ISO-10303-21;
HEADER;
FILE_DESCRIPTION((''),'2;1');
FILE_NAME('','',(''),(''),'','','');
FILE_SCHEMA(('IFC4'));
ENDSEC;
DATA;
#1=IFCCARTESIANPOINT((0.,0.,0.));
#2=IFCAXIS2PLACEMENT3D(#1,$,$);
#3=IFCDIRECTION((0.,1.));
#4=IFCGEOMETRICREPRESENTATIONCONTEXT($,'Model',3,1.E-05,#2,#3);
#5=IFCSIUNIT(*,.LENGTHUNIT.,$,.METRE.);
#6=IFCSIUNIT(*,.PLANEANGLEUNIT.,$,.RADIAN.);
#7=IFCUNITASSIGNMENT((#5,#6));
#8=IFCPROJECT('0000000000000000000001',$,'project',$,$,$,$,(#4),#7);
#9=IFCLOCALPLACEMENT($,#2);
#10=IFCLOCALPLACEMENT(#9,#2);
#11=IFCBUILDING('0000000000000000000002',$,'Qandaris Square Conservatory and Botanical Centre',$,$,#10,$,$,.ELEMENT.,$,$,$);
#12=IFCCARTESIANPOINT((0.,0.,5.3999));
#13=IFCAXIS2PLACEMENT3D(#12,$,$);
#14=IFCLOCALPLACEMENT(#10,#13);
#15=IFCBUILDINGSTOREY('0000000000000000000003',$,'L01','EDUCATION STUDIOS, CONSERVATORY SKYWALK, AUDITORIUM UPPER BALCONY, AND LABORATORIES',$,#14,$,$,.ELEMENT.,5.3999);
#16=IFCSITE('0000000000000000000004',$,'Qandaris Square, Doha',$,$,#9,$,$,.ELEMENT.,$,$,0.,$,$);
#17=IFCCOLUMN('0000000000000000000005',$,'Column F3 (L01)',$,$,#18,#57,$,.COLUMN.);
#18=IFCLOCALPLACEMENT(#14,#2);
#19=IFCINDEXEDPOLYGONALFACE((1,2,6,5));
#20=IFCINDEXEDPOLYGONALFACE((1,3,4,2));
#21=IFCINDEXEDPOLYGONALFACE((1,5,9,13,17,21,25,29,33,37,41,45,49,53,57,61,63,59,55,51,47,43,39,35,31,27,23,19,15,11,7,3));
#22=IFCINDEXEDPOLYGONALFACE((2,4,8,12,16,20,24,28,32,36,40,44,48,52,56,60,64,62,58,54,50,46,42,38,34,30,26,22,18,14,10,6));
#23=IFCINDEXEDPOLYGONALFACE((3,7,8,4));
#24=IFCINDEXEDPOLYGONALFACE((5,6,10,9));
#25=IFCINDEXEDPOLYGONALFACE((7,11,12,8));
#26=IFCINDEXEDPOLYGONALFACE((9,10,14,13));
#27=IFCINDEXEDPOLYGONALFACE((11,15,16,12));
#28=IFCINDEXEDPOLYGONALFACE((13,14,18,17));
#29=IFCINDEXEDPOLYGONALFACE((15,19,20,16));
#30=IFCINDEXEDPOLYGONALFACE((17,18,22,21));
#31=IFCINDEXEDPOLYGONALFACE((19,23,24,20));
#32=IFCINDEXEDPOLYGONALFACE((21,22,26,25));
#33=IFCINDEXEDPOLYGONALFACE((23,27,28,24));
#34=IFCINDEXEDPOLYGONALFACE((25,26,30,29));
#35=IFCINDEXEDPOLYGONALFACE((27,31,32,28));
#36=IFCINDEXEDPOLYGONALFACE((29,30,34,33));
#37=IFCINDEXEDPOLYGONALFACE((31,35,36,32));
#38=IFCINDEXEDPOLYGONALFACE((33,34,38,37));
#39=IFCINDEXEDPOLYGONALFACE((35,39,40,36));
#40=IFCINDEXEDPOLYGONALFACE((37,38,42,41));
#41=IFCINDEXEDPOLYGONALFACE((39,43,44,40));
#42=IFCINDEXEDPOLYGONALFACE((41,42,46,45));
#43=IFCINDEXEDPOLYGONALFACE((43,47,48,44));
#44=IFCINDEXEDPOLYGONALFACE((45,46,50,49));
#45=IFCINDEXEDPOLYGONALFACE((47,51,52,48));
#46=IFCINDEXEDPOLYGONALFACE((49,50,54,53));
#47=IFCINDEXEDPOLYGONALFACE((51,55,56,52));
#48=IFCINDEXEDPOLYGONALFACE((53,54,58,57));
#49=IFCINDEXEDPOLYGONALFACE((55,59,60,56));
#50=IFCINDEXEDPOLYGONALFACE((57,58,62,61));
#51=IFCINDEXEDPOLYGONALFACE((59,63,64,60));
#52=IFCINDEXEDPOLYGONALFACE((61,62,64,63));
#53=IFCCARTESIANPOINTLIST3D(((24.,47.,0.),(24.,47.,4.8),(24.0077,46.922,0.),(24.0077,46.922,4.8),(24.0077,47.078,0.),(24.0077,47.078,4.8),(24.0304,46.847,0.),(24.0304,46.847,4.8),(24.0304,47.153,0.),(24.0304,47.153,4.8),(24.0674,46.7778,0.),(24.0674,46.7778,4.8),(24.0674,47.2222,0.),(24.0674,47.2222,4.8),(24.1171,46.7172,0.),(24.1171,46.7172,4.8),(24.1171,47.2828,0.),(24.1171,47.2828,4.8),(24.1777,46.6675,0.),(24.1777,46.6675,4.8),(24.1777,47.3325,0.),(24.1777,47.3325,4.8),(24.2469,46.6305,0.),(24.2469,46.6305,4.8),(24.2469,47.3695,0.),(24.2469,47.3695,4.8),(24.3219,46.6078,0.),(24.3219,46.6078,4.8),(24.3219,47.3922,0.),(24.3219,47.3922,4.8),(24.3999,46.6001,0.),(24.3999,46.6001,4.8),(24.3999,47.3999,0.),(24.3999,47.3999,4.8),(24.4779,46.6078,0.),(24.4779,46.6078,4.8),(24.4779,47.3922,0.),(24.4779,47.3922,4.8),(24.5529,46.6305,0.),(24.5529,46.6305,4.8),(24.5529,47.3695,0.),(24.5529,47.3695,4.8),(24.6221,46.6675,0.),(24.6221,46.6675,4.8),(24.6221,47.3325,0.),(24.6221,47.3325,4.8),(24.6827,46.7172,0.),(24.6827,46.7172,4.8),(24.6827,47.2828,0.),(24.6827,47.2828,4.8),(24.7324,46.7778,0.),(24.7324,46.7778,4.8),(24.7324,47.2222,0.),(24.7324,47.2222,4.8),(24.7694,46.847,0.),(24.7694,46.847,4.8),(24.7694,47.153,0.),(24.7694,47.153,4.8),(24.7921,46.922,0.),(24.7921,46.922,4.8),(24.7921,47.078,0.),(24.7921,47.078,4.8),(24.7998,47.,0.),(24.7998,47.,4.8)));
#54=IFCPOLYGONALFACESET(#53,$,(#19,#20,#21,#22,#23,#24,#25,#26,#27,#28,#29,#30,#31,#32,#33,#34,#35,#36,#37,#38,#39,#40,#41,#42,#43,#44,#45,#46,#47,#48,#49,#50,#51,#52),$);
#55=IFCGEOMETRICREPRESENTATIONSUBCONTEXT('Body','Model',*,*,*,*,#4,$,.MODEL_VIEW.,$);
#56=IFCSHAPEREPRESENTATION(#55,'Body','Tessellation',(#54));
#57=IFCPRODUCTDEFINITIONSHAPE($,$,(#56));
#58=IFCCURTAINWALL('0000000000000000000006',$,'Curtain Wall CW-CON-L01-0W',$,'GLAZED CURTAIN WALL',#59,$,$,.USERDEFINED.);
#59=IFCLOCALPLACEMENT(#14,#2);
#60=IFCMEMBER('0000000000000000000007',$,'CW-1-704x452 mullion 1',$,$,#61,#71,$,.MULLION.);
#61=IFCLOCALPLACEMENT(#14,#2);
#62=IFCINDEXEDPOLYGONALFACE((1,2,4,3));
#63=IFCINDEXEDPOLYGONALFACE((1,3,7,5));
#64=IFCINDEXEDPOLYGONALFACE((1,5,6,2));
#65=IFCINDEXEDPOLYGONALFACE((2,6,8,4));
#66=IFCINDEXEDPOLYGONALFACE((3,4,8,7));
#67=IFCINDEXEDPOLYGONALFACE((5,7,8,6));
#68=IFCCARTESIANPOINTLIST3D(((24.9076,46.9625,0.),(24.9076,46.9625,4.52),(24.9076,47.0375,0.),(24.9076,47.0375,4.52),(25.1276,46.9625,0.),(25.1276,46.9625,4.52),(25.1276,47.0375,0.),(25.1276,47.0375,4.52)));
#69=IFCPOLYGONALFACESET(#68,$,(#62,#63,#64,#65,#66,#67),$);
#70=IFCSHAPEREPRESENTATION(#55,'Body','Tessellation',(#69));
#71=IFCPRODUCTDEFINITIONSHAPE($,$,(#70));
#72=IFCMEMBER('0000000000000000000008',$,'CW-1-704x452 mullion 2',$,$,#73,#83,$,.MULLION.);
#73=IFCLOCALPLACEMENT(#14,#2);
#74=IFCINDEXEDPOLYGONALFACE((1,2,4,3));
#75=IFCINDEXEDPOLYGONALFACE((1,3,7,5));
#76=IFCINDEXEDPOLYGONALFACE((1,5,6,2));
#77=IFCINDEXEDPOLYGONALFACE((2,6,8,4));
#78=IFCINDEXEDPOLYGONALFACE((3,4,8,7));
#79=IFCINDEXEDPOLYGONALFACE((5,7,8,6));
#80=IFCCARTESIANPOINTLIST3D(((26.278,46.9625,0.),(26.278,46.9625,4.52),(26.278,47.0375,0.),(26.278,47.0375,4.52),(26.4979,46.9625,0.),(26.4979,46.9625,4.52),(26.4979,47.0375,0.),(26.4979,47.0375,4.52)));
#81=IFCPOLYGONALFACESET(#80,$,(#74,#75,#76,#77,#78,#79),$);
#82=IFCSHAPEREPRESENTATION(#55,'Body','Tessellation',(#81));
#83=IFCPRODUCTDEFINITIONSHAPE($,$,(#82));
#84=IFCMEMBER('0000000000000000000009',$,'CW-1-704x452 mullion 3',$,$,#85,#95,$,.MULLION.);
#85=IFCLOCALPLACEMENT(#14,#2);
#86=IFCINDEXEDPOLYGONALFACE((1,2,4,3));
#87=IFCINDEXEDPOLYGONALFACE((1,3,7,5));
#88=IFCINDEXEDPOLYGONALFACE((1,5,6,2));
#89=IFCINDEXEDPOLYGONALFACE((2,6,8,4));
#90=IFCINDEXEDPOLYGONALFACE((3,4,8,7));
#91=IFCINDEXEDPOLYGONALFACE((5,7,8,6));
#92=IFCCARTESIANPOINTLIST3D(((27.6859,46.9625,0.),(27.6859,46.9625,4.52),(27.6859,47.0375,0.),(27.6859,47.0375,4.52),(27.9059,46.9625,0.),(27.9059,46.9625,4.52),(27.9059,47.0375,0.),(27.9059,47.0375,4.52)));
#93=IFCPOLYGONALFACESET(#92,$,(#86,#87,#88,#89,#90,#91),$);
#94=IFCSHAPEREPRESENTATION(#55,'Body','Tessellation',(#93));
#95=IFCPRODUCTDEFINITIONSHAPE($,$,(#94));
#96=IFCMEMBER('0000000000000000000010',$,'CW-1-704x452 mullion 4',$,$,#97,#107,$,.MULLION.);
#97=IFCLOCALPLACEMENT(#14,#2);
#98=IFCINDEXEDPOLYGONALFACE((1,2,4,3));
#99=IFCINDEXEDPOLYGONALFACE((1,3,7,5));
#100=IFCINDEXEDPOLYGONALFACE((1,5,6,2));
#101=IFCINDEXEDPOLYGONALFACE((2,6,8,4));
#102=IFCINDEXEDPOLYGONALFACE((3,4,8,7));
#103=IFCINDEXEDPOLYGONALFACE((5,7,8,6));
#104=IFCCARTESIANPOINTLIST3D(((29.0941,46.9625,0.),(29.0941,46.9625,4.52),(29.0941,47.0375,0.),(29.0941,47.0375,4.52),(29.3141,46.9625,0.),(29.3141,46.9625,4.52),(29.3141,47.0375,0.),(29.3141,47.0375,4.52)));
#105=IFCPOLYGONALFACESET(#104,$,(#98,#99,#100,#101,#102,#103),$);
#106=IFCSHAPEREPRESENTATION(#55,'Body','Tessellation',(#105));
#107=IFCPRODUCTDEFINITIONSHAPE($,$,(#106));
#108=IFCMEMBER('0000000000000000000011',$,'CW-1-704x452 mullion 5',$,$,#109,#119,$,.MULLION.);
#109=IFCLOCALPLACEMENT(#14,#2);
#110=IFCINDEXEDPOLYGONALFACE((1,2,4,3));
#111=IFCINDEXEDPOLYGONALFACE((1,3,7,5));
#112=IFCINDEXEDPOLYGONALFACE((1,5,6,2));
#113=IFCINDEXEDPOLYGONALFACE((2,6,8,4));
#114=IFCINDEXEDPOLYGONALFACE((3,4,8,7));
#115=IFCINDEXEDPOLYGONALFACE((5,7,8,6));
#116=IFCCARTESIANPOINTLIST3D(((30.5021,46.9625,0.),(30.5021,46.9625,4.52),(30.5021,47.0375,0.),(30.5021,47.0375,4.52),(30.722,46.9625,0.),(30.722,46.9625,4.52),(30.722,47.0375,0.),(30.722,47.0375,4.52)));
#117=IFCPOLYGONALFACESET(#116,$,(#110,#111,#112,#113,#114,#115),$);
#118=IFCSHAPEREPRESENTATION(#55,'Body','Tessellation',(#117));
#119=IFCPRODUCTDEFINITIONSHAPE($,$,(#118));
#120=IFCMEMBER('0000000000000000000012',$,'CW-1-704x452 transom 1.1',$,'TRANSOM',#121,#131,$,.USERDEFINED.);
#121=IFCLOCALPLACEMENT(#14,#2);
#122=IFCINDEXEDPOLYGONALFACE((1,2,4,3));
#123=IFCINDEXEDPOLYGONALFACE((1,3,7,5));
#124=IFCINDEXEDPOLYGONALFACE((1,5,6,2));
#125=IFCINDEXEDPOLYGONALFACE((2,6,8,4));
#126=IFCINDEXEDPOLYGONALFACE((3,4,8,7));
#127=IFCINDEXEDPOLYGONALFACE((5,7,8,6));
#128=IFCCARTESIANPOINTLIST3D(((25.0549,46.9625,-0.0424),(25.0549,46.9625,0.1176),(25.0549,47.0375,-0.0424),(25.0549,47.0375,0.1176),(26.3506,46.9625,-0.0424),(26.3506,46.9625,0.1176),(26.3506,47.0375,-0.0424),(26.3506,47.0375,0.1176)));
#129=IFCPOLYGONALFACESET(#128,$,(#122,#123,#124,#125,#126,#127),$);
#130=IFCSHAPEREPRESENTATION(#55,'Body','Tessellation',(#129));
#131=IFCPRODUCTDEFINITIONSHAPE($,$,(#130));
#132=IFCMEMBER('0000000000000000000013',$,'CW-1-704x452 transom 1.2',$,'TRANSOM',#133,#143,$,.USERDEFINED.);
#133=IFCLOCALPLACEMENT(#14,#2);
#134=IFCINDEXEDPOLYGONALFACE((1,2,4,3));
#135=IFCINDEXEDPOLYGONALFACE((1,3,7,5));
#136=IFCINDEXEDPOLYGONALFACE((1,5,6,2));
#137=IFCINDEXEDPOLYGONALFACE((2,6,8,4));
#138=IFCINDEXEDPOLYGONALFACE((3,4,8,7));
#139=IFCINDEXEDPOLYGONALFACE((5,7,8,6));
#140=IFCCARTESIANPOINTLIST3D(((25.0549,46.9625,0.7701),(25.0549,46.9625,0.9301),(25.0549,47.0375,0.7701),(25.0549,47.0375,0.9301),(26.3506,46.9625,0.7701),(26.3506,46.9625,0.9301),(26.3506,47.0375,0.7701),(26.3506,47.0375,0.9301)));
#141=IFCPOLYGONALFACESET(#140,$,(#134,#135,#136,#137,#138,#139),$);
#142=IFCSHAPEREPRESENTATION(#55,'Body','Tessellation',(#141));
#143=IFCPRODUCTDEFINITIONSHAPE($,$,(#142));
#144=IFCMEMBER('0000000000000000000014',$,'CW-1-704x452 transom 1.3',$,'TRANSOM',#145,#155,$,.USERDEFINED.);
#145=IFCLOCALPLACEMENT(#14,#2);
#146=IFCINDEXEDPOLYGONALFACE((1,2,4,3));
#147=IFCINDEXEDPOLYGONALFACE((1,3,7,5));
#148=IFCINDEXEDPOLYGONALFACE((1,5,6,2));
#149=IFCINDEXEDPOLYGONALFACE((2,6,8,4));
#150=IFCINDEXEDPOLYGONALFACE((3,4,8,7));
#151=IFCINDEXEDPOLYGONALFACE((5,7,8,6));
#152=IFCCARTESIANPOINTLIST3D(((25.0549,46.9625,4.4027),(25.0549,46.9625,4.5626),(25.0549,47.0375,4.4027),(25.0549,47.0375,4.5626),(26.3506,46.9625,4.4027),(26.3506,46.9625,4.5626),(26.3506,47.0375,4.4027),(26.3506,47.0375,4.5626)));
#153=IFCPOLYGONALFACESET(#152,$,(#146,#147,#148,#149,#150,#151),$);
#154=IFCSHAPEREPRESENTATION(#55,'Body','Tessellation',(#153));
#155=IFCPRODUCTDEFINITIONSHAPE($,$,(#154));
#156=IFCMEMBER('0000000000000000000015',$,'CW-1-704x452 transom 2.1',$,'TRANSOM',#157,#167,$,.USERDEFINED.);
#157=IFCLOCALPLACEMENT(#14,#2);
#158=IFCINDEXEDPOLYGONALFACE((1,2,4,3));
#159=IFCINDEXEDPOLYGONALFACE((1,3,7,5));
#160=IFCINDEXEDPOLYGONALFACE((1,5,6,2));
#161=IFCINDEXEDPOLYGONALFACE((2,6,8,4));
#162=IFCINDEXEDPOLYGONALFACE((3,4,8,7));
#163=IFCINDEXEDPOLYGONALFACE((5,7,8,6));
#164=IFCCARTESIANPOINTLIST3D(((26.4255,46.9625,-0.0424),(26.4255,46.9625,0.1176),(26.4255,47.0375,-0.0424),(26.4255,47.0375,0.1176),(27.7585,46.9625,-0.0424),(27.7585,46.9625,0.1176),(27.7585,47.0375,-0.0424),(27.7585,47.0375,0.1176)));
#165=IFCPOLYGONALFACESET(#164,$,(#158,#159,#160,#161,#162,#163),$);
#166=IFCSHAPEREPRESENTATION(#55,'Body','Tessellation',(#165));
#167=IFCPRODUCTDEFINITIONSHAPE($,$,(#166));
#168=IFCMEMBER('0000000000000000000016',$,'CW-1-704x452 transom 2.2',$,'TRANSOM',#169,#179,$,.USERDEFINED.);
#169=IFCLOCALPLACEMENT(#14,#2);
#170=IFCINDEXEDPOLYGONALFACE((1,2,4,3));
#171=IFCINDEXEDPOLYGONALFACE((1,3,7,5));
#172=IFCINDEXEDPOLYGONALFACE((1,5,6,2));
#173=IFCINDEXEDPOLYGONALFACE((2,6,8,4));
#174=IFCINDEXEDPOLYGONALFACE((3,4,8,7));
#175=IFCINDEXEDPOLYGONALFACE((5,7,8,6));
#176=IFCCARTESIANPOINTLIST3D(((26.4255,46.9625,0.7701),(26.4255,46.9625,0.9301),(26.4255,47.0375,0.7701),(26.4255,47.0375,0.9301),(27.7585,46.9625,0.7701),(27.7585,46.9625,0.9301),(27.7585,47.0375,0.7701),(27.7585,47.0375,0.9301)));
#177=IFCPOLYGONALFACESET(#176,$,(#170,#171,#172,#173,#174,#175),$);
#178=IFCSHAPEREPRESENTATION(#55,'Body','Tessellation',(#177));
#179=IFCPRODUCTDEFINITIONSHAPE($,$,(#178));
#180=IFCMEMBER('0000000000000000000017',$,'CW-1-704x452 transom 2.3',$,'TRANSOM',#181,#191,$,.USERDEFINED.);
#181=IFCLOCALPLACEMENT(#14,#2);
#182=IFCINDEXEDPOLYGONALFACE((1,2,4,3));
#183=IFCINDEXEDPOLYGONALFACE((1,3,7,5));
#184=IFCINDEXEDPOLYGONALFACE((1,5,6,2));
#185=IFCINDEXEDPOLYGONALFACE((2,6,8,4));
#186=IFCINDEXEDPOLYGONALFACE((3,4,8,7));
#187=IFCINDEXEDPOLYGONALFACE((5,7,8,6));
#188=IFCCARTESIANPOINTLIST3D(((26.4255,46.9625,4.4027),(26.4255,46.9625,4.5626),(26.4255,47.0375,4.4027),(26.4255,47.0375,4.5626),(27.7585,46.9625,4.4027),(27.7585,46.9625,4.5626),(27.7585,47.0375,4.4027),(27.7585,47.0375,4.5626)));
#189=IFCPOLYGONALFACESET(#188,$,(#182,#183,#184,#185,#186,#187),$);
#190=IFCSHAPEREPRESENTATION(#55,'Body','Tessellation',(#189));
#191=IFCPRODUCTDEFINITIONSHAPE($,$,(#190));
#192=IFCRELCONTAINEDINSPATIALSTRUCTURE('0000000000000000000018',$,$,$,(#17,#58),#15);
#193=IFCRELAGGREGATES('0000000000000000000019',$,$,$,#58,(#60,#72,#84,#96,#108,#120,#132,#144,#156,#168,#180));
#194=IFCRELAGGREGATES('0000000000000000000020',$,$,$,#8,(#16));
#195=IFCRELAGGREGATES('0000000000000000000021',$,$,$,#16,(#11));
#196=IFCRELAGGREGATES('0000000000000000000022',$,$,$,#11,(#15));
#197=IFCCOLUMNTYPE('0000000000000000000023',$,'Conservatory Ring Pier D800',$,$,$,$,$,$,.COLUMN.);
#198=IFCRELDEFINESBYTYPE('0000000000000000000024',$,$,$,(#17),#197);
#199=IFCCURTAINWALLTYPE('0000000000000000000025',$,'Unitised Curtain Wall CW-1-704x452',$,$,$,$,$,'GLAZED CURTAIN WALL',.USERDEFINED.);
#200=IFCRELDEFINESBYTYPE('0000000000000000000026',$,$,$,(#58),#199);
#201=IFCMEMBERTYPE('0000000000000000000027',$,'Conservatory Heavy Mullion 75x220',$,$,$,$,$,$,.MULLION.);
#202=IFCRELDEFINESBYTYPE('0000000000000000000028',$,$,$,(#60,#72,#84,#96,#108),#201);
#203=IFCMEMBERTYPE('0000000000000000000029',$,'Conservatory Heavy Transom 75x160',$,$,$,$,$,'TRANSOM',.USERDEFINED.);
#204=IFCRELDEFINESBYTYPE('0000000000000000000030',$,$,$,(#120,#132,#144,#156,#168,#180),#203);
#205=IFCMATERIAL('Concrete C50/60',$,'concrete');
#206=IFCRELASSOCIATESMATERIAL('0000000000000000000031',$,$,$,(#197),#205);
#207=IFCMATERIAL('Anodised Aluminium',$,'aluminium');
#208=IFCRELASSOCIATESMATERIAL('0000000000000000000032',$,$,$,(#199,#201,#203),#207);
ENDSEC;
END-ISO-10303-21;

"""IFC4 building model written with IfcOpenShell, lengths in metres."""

from ifc_helpers import new_model, si_unit, direction, frame, origin, origin_2d, place, context, subcontext, project, spatial, rectangle, circle, extrude, material, material_profile, profile_set, type_object, element, aggregate, save


model = new_model("IFC4")

# Units and contexts
model_context = context("Model", 3, precision=1e-05, world=origin(), true_north=direction((0.0, 1.0)))
body_context = subcontext(model_context, "Body", "Model", "MODEL_VIEW")
ifc_project = project(units=[si_unit("LENGTHUNIT", "METRE"), si_unit("PLANEANGLEUNIT", "RADIAN")], contexts=[model_context])

# Site, building, storey
site_placement = place(None, origin())
site = spatial("IfcSite", under=ifc_project, at=site_placement, Name="Qandaris Square, Doha", CompositionType="ELEMENT", RefElevation=0.0)
building_placement = place(site_placement, origin())
building = spatial("IfcBuilding", under=site, at=building_placement, Name="Qandaris Square Conservatory and Botanical Centre", CompositionType="ELEMENT")
storey_placement = place(building_placement, frame((0.0, 0.0, 5.3999)))
storey = spatial("IfcBuildingStorey", under=building, at=storey_placement, Name="L01", Description="EDUCATION STUDIOS, CONSERVATORY SKYWALK, AUDITORIUM UPPER BALCONY, AND LABORATORIES", CompositionType="ELEMENT", Elevation=5.3999)

# Column
ifc_material_1 = material(Name="Concrete C50/60", Category="concrete")
ifc_material_profile_1 = material_profile(ifc_material_1, circle(Radius=0.3999, at=origin_2d()), Name="RC-COL D800")
ifc_profile_set_1 = profile_set([ifc_material_profile_1], Name="Concrete C50/60")
column_type = type_object("IfcColumnType", Name="Conservatory Ring Pier D800", PredefinedType="COLUMN", material=ifc_profile_set_1)
column_placement = place(storey_placement, frame((24.3999, 47.0, 0.0), z_axis=(0.0, 0.0, 1.0), x_axis=(1.0, 0.0, 0.0)))
element("IfcColumn", 1, at=column_placement, inside=storey, type_object=column_type, Name="Column F3 (L01)", PredefinedType="COLUMN", context=body_context, shape_type="SweptSolid", body=[
    extrude(circle(Radius=0.3999, at=origin_2d()), origin(), (0.0, 0.0, 1.0), 4.8),
])

# Curtain wall, members
ifc_material_2 = material(Name="Anodised Aluminium", Category="aluminium")
curtain_wall_type = type_object("IfcCurtainWallType", Name="Unitised Curtain Wall CW-1-704x452", ElementType="GLAZED CURTAIN WALL", PredefinedType="USERDEFINED", material=ifc_material_2)
curtain_wall_placement = place(storey_placement, origin())
curtain_wall = element("IfcCurtainWall", 2, at=curtain_wall_placement, inside=storey, type_object=curtain_wall_type, Name="Curtain Wall CW-CON-L01-0W", ObjectType="GLAZED CURTAIN WALL", PredefinedType="USERDEFINED")
ifc_material_profile_2 = material_profile(ifc_material_2, rectangle(XDim=0.075, YDim=0.22, at=origin_2d()), Name="ALU-MUL 75x220")
ifc_profile_set_2 = profile_set([ifc_material_profile_2], Name="Anodised Aluminium")
member_type_1 = type_object("IfcMemberType", Name="Conservatory Heavy Mullion 75x220", PredefinedType="MULLION", material=ifc_profile_set_2)
member_1_placement = place(storey_placement, frame((25.0176, 47.0, 0.0), z_axis=(0.0, 0.0, 1.0), x_axis=(0.0, 1.0, 0.0)))
member_1 = element("IfcMember", 3, at=member_1_placement, type_object=member_type_1, Name="CW-1-704x452 mullion 1", PredefinedType="MULLION", context=body_context, shape_type="SweptSolid", body=[
    extrude(rectangle(XDim=0.075, YDim=0.22, at=origin_2d()), origin(), (0.0, 0.0, 1.0), 4.52),
])
member_2_placement = place(storey_placement, frame((26.3879, 47.0, 0.0), z_axis=(0.0, 0.0, 1.0), x_axis=(0.0, 1.0, 0.0)))
member_2 = element("IfcMember", 4, at=member_2_placement, type_object=member_type_1, Name="CW-1-704x452 mullion 2", PredefinedType="MULLION", context=body_context, shape_type="SweptSolid", body=[
    extrude(rectangle(XDim=0.075, YDim=0.22, at=origin_2d()), origin(), (0.0, 0.0, 1.0), 4.52),
])
member_3_placement = place(storey_placement, frame((27.7959, 47.0, 0.0), z_axis=(0.0, 0.0, 1.0), x_axis=(0.0, 1.0, 0.0)))
member_3 = element("IfcMember", 5, at=member_3_placement, type_object=member_type_1, Name="CW-1-704x452 mullion 3", PredefinedType="MULLION", context=body_context, shape_type="SweptSolid", body=[
    extrude(rectangle(XDim=0.075, YDim=0.22, at=origin_2d()), origin(), (0.0, 0.0, 1.0), 4.52),
])
member_4_placement = place(storey_placement, frame((29.2041, 47.0, 0.0), z_axis=(0.0, 0.0, 1.0), x_axis=(0.0, 1.0, 0.0)))
member_4 = element("IfcMember", 6, at=member_4_placement, type_object=member_type_1, Name="CW-1-704x452 mullion 4", PredefinedType="MULLION", context=body_context, shape_type="SweptSolid", body=[
    extrude(rectangle(XDim=0.075, YDim=0.22, at=origin_2d()), origin(), (0.0, 0.0, 1.0), 4.52),
])
member_5_placement = place(storey_placement, frame((30.6121, 47.0, 0.0), z_axis=(0.0, 0.0, 1.0), x_axis=(0.0, 1.0, 0.0)))
member_5 = element("IfcMember", 7, at=member_5_placement, type_object=member_type_1, Name="CW-1-704x452 mullion 5", PredefinedType="MULLION", context=body_context, shape_type="SweptSolid", body=[
    extrude(rectangle(XDim=0.075, YDim=0.22, at=origin_2d()), origin(), (0.0, 0.0, 1.0), 4.52),
])
ifc_material_profile_3 = material_profile(ifc_material_2, rectangle(XDim=0.075, YDim=0.1599, at=origin_2d()), Name="ALU-TRN 75x160")
ifc_profile_set_3 = profile_set([ifc_material_profile_3], Name="Anodised Aluminium")
member_type_2 = type_object("IfcMemberType", Name="Conservatory Heavy Transom 75x160", ElementType="TRANSOM", PredefinedType="USERDEFINED", material=ifc_profile_set_3)
member_6_placement = place(storey_placement, frame((25.0549, 47.0, 0.0376), z_axis=(1.0, 0.0, 0.0), x_axis=(0.0, 1.0, 0.0)))
member_6 = element("IfcMember", 8, at=member_6_placement, type_object=member_type_2, Name="CW-1-704x452 transom 1.1", ObjectType="TRANSOM", PredefinedType="USERDEFINED", context=body_context, shape_type="SweptSolid", body=[
    extrude(rectangle(XDim=0.075, YDim=0.1599, at=origin_2d()), origin(), (0.0, 0.0, 1.0), 1.2957),
])
member_7_placement = place(storey_placement, frame((25.0549, 47.0, 0.8501), z_axis=(1.0, 0.0, 0.0), x_axis=(0.0, 1.0, 0.0)))
member_7 = element("IfcMember", 9, at=member_7_placement, type_object=member_type_2, Name="CW-1-704x452 transom 1.2", ObjectType="TRANSOM", PredefinedType="USERDEFINED", context=body_context, shape_type="SweptSolid", body=[
    extrude(rectangle(XDim=0.075, YDim=0.1599, at=origin_2d()), origin(), (0.0, 0.0, 1.0), 1.2957),
])
member_8_placement = place(storey_placement, frame((25.0549, 47.0, 4.4827), z_axis=(1.0, 0.0, 0.0), x_axis=(0.0, 1.0, 0.0)))
member_8 = element("IfcMember", 10, at=member_8_placement, type_object=member_type_2, Name="CW-1-704x452 transom 1.3", ObjectType="TRANSOM", PredefinedType="USERDEFINED", context=body_context, shape_type="SweptSolid", body=[
    extrude(rectangle(XDim=0.075, YDim=0.1599, at=origin_2d()), origin(), (0.0, 0.0, 1.0), 1.2957),
])
member_9_placement = place(storey_placement, frame((26.4255, 47.0, 0.0376), z_axis=(1.0, 0.0, 0.0), x_axis=(0.0, 1.0, 0.0)))
member_9 = element("IfcMember", 11, at=member_9_placement, type_object=member_type_2, Name="CW-1-704x452 transom 2.1", ObjectType="TRANSOM", PredefinedType="USERDEFINED", context=body_context, shape_type="SweptSolid", body=[
    extrude(rectangle(XDim=0.075, YDim=0.1599, at=origin_2d()), origin(), (0.0, 0.0, 1.0), 1.333),
])
member_10_placement = place(storey_placement, frame((26.4255, 47.0, 0.8501), z_axis=(1.0, 0.0, 0.0), x_axis=(0.0, 1.0, 0.0)))
member_10 = element("IfcMember", 12, at=member_10_placement, type_object=member_type_2, Name="CW-1-704x452 transom 2.2", ObjectType="TRANSOM", PredefinedType="USERDEFINED", context=body_context, shape_type="SweptSolid", body=[
    extrude(rectangle(XDim=0.075, YDim=0.1599, at=origin_2d()), origin(), (0.0, 0.0, 1.0), 1.333),
])
member_11_placement = place(storey_placement, frame((26.4255, 47.0, 4.4827), z_axis=(1.0, 0.0, 0.0), x_axis=(0.0, 1.0, 0.0)))
member_11 = element("IfcMember", 13, at=member_11_placement, type_object=member_type_2, Name="CW-1-704x452 transom 2.3", ObjectType="TRANSOM", PredefinedType="USERDEFINED", context=body_context, shape_type="SweptSolid", body=[
    extrude(rectangle(XDim=0.075, YDim=0.1599, at=origin_2d()), origin(), (0.0, 0.0, 1.0), 1.333),
])
aggregate(curtain_wall, [member_1, member_2, member_3, member_4, member_5, member_6, member_7, member_8, member_9, member_10, member_11])

save(model, "model.ifc")
